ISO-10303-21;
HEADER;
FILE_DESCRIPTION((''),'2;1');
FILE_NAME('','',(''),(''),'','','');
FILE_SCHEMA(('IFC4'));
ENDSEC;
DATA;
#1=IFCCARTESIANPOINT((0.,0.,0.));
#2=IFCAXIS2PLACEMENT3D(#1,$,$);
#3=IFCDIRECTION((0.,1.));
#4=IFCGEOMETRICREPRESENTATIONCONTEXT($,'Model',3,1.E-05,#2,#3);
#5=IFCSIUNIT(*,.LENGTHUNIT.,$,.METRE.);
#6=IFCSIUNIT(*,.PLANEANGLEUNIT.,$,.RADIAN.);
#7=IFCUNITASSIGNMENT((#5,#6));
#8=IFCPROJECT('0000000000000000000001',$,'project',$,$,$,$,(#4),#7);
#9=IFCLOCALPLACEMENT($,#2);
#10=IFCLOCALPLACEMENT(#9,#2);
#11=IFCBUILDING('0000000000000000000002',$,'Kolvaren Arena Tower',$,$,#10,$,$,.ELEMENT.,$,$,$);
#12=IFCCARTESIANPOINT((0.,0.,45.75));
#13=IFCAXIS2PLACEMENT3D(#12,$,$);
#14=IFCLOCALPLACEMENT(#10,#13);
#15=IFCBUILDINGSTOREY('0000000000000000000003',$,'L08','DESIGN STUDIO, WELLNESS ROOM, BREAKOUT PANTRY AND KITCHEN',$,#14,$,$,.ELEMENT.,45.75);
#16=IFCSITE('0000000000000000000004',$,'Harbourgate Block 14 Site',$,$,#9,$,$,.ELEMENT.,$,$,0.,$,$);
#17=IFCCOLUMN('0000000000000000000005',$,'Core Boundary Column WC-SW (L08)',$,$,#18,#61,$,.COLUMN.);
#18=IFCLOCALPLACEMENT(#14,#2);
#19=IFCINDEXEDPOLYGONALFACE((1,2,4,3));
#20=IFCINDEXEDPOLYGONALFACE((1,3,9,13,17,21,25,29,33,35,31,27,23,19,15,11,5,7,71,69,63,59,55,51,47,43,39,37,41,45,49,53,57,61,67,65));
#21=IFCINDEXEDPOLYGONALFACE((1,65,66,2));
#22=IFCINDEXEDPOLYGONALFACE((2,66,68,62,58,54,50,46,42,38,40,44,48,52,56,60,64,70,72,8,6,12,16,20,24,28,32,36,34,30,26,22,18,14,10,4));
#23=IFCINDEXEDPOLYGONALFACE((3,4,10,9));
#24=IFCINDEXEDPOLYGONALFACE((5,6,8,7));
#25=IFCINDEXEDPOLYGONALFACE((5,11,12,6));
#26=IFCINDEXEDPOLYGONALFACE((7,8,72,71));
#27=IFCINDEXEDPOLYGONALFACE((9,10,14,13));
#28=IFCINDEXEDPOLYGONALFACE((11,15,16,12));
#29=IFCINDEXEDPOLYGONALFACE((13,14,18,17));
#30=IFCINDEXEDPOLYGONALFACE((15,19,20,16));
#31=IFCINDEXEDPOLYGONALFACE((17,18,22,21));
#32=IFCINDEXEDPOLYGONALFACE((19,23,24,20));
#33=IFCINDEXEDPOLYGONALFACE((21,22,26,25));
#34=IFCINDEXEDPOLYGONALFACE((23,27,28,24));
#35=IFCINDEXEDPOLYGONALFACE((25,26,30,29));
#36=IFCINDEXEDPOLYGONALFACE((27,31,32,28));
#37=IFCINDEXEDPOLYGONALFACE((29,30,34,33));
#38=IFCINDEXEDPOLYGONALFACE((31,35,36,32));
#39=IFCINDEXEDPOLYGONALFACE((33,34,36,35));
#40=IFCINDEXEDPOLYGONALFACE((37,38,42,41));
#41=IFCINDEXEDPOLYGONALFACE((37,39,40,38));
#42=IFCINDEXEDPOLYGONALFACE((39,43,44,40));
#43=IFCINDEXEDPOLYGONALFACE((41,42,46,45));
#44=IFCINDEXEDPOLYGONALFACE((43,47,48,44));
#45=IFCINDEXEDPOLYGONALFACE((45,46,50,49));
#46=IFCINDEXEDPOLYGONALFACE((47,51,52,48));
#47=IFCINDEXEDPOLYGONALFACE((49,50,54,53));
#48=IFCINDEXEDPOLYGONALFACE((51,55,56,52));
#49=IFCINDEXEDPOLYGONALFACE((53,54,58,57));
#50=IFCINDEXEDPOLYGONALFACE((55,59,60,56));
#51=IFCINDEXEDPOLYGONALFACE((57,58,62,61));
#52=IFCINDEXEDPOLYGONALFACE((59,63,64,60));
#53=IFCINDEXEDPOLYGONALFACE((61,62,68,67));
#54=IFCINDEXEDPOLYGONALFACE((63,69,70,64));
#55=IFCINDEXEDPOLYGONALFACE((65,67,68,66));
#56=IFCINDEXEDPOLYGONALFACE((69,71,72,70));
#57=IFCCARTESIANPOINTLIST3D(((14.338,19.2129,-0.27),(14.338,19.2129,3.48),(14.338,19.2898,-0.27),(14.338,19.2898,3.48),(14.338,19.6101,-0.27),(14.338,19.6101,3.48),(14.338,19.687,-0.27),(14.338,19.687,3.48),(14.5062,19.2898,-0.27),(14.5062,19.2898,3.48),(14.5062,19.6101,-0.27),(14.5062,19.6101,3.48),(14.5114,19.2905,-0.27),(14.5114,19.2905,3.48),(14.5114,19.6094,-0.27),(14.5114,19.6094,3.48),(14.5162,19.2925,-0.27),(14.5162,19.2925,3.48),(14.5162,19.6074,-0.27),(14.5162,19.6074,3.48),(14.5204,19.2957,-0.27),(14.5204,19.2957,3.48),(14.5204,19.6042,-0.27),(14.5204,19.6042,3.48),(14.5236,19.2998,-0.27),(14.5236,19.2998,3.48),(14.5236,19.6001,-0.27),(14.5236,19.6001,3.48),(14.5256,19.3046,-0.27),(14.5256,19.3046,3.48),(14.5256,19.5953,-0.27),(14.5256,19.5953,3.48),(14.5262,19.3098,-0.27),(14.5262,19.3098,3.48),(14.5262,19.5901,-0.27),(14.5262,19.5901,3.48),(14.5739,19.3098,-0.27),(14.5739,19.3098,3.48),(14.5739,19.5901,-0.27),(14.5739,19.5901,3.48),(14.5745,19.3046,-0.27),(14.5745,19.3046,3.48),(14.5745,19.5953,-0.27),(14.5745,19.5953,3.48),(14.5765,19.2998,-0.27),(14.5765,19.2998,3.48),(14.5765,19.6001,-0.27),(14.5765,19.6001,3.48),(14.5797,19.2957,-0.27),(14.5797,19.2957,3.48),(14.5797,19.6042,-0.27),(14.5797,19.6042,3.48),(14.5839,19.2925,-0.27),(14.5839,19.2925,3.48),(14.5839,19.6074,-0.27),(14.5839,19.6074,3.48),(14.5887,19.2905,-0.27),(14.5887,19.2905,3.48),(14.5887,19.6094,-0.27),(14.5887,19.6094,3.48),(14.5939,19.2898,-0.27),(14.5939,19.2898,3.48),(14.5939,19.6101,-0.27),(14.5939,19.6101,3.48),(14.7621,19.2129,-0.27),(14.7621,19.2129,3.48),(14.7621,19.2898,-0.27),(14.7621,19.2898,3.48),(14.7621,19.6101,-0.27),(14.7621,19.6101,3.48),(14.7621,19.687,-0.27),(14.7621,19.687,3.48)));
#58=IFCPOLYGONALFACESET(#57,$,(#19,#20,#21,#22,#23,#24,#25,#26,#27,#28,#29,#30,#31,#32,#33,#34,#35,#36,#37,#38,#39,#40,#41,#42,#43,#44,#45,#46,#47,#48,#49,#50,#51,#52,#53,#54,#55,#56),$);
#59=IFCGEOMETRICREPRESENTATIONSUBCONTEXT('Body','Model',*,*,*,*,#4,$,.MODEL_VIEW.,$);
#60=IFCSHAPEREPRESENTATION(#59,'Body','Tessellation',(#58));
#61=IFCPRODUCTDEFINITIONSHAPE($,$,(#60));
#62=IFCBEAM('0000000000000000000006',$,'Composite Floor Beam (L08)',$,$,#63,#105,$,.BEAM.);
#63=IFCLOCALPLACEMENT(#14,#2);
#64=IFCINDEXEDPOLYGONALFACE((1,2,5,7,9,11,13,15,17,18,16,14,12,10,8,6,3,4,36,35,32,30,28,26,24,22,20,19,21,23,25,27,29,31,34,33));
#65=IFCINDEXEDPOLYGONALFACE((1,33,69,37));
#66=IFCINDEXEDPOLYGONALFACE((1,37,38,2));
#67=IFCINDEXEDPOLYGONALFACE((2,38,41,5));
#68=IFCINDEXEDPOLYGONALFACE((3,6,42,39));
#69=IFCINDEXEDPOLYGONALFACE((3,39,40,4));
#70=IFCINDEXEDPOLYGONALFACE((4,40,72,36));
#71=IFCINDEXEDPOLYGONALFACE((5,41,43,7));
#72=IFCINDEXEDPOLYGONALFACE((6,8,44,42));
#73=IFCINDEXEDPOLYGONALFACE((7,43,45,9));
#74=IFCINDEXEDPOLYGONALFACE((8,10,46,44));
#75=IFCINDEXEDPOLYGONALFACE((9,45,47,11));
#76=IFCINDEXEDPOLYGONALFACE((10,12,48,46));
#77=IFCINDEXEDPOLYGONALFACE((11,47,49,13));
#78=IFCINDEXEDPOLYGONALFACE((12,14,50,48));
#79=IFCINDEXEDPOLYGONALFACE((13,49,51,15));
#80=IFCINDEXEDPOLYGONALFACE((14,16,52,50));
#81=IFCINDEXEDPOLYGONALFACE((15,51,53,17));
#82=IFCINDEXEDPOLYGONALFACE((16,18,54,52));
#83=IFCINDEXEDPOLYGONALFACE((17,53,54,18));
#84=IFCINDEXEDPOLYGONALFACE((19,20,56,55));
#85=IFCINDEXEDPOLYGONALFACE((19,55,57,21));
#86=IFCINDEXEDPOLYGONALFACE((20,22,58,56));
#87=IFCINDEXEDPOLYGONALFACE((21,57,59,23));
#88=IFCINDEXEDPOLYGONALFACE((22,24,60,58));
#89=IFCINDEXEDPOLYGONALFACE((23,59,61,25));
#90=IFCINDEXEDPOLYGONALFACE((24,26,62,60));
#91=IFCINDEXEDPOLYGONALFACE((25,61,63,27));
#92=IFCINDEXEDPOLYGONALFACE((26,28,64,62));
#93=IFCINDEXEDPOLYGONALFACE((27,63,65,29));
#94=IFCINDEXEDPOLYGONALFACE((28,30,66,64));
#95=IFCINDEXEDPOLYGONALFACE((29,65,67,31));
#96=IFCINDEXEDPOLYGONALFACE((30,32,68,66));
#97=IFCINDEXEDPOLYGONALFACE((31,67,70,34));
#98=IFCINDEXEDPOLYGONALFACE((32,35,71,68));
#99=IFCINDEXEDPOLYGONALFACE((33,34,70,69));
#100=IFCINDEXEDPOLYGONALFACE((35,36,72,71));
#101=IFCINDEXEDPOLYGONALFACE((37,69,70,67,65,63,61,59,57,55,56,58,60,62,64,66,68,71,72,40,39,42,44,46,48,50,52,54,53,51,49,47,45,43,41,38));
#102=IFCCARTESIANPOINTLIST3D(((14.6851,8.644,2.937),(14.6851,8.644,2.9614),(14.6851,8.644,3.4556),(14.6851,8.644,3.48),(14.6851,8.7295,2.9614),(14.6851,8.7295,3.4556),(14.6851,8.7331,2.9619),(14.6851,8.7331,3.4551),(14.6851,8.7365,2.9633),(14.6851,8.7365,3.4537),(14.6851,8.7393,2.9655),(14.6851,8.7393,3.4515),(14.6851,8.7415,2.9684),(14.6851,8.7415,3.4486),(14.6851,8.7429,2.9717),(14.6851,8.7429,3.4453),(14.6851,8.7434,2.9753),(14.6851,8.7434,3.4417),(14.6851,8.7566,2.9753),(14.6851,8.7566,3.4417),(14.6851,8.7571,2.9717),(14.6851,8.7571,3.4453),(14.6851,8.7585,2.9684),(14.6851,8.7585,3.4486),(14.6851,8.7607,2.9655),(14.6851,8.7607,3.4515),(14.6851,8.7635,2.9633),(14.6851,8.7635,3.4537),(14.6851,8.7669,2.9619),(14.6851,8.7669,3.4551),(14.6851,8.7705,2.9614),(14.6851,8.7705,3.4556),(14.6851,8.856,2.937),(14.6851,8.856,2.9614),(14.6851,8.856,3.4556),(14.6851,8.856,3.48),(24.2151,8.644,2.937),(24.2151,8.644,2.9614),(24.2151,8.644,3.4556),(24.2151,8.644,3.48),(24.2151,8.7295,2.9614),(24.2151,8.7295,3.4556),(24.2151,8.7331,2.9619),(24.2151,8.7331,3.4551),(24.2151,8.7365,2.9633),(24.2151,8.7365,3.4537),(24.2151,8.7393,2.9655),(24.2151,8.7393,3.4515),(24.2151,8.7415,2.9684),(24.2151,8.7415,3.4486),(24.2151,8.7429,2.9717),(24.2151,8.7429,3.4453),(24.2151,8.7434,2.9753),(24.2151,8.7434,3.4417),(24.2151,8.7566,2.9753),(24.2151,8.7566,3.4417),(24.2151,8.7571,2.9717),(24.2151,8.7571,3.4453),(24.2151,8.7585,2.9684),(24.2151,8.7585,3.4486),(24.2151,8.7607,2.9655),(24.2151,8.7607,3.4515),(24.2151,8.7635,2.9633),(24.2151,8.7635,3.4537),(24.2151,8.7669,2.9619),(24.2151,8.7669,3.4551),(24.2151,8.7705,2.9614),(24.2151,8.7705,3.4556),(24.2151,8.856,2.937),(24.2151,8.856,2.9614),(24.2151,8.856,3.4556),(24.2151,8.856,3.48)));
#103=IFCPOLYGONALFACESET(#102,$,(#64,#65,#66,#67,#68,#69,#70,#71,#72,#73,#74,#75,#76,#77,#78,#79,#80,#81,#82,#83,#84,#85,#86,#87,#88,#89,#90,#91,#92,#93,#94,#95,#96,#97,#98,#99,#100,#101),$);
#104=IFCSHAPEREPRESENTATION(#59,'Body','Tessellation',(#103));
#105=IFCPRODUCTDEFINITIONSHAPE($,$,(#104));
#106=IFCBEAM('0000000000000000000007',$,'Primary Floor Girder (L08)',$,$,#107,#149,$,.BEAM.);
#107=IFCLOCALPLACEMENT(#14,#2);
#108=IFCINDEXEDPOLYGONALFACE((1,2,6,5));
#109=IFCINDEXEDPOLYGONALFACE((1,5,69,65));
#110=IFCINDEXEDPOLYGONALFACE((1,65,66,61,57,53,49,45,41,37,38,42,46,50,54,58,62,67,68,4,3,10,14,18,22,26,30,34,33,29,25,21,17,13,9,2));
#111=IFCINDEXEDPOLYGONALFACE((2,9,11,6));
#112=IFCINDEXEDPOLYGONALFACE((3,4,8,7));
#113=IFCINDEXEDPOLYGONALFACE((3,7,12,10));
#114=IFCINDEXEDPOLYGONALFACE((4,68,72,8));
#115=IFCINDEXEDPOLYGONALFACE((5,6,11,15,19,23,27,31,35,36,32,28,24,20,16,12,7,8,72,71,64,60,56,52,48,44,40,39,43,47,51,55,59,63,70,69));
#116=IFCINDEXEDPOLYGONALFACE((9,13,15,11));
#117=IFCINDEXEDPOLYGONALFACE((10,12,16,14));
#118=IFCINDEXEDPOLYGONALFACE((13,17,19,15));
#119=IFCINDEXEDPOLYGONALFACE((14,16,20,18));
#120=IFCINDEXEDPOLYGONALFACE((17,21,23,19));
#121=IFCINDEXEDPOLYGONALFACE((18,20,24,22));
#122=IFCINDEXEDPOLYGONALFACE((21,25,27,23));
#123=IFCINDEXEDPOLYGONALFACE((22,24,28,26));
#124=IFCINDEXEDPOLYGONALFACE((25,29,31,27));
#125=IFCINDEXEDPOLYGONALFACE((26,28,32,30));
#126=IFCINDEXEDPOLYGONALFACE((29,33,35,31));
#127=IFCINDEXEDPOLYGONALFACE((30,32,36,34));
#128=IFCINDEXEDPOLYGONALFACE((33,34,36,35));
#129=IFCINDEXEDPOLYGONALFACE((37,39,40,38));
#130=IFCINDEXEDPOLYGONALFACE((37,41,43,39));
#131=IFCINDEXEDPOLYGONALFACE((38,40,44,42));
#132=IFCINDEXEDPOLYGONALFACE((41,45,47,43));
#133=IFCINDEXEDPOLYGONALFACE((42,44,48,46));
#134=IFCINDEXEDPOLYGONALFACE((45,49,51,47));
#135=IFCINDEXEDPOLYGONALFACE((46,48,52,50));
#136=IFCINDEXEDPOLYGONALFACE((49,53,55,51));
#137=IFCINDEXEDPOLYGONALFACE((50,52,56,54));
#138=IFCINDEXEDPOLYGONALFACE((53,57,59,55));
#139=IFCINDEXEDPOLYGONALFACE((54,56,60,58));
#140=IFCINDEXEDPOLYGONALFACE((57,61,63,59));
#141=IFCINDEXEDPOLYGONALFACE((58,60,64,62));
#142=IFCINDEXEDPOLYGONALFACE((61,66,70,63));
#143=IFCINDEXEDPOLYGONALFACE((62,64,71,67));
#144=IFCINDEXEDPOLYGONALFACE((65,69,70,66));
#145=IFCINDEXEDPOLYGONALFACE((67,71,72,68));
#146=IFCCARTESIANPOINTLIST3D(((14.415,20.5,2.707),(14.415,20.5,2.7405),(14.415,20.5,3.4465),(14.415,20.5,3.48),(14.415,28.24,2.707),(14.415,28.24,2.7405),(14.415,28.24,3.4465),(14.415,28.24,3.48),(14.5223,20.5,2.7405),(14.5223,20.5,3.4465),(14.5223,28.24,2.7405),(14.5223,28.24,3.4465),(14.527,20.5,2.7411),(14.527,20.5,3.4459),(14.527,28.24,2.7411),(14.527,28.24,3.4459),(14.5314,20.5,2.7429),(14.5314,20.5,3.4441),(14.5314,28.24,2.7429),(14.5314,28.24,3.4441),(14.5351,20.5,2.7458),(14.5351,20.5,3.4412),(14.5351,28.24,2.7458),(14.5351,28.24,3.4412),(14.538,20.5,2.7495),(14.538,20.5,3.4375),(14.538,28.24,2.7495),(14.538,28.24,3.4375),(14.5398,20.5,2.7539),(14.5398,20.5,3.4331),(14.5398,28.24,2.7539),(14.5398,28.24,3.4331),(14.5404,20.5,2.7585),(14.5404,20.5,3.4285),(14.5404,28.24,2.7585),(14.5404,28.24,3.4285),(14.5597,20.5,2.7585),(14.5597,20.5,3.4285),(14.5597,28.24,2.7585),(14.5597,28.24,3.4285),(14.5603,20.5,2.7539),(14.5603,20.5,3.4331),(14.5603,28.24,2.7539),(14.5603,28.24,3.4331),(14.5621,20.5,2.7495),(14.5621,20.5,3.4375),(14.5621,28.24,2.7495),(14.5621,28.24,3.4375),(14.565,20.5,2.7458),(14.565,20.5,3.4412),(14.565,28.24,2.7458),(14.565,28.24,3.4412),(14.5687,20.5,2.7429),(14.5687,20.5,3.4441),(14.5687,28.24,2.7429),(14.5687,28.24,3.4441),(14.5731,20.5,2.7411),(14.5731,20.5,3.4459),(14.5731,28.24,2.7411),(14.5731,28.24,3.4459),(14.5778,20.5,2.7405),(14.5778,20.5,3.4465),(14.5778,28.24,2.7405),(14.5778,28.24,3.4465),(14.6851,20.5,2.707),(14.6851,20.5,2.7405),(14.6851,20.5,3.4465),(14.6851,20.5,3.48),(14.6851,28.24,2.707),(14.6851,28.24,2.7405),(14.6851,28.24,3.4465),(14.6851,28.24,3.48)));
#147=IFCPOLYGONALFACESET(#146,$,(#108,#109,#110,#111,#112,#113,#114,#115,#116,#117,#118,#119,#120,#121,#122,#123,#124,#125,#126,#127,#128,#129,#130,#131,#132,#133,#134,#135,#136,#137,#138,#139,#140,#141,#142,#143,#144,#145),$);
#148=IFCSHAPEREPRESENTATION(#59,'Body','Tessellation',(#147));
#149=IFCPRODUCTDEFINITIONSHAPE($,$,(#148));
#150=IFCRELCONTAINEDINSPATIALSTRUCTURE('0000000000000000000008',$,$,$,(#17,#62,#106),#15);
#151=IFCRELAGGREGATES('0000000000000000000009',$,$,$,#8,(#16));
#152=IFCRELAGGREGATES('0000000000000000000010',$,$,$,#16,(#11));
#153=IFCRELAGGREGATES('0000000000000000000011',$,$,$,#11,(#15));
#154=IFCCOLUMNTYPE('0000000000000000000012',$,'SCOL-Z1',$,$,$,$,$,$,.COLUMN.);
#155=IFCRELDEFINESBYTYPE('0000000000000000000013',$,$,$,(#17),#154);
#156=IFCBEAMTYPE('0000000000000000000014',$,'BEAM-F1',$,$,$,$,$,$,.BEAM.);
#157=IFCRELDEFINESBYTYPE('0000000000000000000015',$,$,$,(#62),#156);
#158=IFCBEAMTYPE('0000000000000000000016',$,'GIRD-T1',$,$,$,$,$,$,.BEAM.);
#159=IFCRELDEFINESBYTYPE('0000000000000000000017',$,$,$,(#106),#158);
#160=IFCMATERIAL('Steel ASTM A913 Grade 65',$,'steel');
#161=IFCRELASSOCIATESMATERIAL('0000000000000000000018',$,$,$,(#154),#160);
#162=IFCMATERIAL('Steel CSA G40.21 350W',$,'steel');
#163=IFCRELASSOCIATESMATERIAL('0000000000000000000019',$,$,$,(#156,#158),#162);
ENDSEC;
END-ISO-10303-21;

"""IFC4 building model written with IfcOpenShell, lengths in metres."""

from ifc_helpers import new_model, si_unit, direction, frame, origin, origin_2d, place, context, subcontext, project, spatial, i_section, extrude, material, material_profile, profile_set, type_object, element, save


model = new_model("IFC4")

# Units and contexts
model_context = context("Model", 3, precision=1e-05, world=origin(), true_north=direction((0.0, 1.0)))
body_context = subcontext(model_context, "Body", "Model", "MODEL_VIEW")
ifc_project = project(units=[si_unit("LENGTHUNIT", "METRE"), si_unit("PLANEANGLEUNIT", "RADIAN")], contexts=[model_context])

# Site, building, storey
site_placement = place(None, origin())
site = spatial("IfcSite", under=ifc_project, at=site_placement, Name="Harbourgate Block 14 Site", CompositionType="ELEMENT", RefElevation=0.0)
building_placement = place(site_placement, origin())
building = spatial("IfcBuilding", under=site, at=building_placement, Name="Kolvaren Arena Tower", CompositionType="ELEMENT")
storey_placement = place(building_placement, frame((0.0, 0.0, 45.75)))
storey = spatial("IfcBuildingStorey", under=building, at=storey_placement, Name="L08", Description="DESIGN STUDIO, WELLNESS ROOM, BREAKOUT PANTRY AND KITCHEN", CompositionType="ELEMENT", Elevation=45.75)

# Column
ifc_material_1 = material(Name="Steel ASTM A913 Grade 65", Category="steel")
ifc_material_profile_1 = material_profile(ifc_material_1, i_section(OverallWidth=0.4241, OverallDepth=0.4741, WebThickness=0.0476, FlangeThickness=0.0769, FilletRadius=0.02, at=origin_2d()), Name="W360x634")
ifc_profile_set_1 = profile_set([ifc_material_profile_1], Name="Steel ASTM A913 Grade 65")
column_type = type_object("IfcColumnType", Name="SCOL-Z1", PredefinedType="COLUMN", material=ifc_profile_set_1)
column_placement = place(storey_placement, frame((14.55, 19.45, -0.27), z_axis=(0.0, 0.0, 1.0), x_axis=(1.0, 0.0, 0.0)))
element("IfcColumn", 1, at=column_placement, inside=storey, type_object=column_type, Name="Core Boundary Column WC-SW (L08)", PredefinedType="COLUMN", context=body_context, shape_type="SweptSolid", body=[
    extrude(i_section(OverallWidth=0.4241, OverallDepth=0.4741, WebThickness=0.0476, FlangeThickness=0.0769, FilletRadius=0.02, at=origin_2d()), origin(), (0.0, 0.0, 1.0), 3.75),
])

# Beams
ifc_material_2 = material(Name="Steel CSA G40.21 350W", Category="steel")
ifc_material_profile_2 = material_profile(ifc_material_2, i_section(OverallWidth=0.2119, OverallDepth=0.543, WebThickness=0.0132, FlangeThickness=0.0244, FilletRadius=0.0139, at=origin_2d()), Name="W530x150")
ifc_profile_set_2 = profile_set([ifc_material_profile_2], Name="Steel CSA G40.21 350W")
beam_type_1 = type_object("IfcBeamType", Name="BEAM-F1", PredefinedType="BEAM", material=ifc_profile_set_2)
beam_1_placement = place(storey_placement, frame((14.6851, 8.75, 3.2085), z_axis=(1.0, 0.0, 0.0), x_axis=(0.0, 1.0, 0.0)))
element("IfcBeam", 2, at=beam_1_placement, inside=storey, type_object=beam_type_1, Name="Composite Floor Beam (L08)", PredefinedType="BEAM", context=body_context, shape_type="SweptSolid", body=[
    extrude(i_section(OverallWidth=0.2119, OverallDepth=0.543, WebThickness=0.0132, FlangeThickness=0.0244, FilletRadius=0.0139, at=origin_2d()), origin(), (0.0, 0.0, 1.0), 9.53),
])
ifc_material_profile_3 = material_profile(ifc_material_2, i_section(OverallWidth=0.27, OverallDepth=0.7729, WebThickness=0.0193, FlangeThickness=0.0334, FilletRadius=0.0181, at=origin_2d()), Name="W760x257")
ifc_profile_set_3 = profile_set([ifc_material_profile_3], Name="Steel CSA G40.21 350W")
beam_type_2 = type_object("IfcBeamType", Name="GIRD-T1", PredefinedType="BEAM", material=ifc_profile_set_3)
beam_2_placement = place(storey_placement, frame((14.55, 20.5, 3.0935), z_axis=(0.0, 1.0, 0.0), x_axis=(-1.0, 0.0, 0.0)))
element("IfcBeam", 3, at=beam_2_placement, inside=storey, type_object=beam_type_2, Name="Primary Floor Girder (L08)", PredefinedType="BEAM", context=body_context, shape_type="SweptSolid", body=[
    extrude(i_section(OverallWidth=0.27, OverallDepth=0.7729, WebThickness=0.0193, FlangeThickness=0.0334, FilletRadius=0.0181, at=origin_2d()), origin(), (0.0, 0.0, 1.0), 7.74),
])

save(model, "model.ifc")
